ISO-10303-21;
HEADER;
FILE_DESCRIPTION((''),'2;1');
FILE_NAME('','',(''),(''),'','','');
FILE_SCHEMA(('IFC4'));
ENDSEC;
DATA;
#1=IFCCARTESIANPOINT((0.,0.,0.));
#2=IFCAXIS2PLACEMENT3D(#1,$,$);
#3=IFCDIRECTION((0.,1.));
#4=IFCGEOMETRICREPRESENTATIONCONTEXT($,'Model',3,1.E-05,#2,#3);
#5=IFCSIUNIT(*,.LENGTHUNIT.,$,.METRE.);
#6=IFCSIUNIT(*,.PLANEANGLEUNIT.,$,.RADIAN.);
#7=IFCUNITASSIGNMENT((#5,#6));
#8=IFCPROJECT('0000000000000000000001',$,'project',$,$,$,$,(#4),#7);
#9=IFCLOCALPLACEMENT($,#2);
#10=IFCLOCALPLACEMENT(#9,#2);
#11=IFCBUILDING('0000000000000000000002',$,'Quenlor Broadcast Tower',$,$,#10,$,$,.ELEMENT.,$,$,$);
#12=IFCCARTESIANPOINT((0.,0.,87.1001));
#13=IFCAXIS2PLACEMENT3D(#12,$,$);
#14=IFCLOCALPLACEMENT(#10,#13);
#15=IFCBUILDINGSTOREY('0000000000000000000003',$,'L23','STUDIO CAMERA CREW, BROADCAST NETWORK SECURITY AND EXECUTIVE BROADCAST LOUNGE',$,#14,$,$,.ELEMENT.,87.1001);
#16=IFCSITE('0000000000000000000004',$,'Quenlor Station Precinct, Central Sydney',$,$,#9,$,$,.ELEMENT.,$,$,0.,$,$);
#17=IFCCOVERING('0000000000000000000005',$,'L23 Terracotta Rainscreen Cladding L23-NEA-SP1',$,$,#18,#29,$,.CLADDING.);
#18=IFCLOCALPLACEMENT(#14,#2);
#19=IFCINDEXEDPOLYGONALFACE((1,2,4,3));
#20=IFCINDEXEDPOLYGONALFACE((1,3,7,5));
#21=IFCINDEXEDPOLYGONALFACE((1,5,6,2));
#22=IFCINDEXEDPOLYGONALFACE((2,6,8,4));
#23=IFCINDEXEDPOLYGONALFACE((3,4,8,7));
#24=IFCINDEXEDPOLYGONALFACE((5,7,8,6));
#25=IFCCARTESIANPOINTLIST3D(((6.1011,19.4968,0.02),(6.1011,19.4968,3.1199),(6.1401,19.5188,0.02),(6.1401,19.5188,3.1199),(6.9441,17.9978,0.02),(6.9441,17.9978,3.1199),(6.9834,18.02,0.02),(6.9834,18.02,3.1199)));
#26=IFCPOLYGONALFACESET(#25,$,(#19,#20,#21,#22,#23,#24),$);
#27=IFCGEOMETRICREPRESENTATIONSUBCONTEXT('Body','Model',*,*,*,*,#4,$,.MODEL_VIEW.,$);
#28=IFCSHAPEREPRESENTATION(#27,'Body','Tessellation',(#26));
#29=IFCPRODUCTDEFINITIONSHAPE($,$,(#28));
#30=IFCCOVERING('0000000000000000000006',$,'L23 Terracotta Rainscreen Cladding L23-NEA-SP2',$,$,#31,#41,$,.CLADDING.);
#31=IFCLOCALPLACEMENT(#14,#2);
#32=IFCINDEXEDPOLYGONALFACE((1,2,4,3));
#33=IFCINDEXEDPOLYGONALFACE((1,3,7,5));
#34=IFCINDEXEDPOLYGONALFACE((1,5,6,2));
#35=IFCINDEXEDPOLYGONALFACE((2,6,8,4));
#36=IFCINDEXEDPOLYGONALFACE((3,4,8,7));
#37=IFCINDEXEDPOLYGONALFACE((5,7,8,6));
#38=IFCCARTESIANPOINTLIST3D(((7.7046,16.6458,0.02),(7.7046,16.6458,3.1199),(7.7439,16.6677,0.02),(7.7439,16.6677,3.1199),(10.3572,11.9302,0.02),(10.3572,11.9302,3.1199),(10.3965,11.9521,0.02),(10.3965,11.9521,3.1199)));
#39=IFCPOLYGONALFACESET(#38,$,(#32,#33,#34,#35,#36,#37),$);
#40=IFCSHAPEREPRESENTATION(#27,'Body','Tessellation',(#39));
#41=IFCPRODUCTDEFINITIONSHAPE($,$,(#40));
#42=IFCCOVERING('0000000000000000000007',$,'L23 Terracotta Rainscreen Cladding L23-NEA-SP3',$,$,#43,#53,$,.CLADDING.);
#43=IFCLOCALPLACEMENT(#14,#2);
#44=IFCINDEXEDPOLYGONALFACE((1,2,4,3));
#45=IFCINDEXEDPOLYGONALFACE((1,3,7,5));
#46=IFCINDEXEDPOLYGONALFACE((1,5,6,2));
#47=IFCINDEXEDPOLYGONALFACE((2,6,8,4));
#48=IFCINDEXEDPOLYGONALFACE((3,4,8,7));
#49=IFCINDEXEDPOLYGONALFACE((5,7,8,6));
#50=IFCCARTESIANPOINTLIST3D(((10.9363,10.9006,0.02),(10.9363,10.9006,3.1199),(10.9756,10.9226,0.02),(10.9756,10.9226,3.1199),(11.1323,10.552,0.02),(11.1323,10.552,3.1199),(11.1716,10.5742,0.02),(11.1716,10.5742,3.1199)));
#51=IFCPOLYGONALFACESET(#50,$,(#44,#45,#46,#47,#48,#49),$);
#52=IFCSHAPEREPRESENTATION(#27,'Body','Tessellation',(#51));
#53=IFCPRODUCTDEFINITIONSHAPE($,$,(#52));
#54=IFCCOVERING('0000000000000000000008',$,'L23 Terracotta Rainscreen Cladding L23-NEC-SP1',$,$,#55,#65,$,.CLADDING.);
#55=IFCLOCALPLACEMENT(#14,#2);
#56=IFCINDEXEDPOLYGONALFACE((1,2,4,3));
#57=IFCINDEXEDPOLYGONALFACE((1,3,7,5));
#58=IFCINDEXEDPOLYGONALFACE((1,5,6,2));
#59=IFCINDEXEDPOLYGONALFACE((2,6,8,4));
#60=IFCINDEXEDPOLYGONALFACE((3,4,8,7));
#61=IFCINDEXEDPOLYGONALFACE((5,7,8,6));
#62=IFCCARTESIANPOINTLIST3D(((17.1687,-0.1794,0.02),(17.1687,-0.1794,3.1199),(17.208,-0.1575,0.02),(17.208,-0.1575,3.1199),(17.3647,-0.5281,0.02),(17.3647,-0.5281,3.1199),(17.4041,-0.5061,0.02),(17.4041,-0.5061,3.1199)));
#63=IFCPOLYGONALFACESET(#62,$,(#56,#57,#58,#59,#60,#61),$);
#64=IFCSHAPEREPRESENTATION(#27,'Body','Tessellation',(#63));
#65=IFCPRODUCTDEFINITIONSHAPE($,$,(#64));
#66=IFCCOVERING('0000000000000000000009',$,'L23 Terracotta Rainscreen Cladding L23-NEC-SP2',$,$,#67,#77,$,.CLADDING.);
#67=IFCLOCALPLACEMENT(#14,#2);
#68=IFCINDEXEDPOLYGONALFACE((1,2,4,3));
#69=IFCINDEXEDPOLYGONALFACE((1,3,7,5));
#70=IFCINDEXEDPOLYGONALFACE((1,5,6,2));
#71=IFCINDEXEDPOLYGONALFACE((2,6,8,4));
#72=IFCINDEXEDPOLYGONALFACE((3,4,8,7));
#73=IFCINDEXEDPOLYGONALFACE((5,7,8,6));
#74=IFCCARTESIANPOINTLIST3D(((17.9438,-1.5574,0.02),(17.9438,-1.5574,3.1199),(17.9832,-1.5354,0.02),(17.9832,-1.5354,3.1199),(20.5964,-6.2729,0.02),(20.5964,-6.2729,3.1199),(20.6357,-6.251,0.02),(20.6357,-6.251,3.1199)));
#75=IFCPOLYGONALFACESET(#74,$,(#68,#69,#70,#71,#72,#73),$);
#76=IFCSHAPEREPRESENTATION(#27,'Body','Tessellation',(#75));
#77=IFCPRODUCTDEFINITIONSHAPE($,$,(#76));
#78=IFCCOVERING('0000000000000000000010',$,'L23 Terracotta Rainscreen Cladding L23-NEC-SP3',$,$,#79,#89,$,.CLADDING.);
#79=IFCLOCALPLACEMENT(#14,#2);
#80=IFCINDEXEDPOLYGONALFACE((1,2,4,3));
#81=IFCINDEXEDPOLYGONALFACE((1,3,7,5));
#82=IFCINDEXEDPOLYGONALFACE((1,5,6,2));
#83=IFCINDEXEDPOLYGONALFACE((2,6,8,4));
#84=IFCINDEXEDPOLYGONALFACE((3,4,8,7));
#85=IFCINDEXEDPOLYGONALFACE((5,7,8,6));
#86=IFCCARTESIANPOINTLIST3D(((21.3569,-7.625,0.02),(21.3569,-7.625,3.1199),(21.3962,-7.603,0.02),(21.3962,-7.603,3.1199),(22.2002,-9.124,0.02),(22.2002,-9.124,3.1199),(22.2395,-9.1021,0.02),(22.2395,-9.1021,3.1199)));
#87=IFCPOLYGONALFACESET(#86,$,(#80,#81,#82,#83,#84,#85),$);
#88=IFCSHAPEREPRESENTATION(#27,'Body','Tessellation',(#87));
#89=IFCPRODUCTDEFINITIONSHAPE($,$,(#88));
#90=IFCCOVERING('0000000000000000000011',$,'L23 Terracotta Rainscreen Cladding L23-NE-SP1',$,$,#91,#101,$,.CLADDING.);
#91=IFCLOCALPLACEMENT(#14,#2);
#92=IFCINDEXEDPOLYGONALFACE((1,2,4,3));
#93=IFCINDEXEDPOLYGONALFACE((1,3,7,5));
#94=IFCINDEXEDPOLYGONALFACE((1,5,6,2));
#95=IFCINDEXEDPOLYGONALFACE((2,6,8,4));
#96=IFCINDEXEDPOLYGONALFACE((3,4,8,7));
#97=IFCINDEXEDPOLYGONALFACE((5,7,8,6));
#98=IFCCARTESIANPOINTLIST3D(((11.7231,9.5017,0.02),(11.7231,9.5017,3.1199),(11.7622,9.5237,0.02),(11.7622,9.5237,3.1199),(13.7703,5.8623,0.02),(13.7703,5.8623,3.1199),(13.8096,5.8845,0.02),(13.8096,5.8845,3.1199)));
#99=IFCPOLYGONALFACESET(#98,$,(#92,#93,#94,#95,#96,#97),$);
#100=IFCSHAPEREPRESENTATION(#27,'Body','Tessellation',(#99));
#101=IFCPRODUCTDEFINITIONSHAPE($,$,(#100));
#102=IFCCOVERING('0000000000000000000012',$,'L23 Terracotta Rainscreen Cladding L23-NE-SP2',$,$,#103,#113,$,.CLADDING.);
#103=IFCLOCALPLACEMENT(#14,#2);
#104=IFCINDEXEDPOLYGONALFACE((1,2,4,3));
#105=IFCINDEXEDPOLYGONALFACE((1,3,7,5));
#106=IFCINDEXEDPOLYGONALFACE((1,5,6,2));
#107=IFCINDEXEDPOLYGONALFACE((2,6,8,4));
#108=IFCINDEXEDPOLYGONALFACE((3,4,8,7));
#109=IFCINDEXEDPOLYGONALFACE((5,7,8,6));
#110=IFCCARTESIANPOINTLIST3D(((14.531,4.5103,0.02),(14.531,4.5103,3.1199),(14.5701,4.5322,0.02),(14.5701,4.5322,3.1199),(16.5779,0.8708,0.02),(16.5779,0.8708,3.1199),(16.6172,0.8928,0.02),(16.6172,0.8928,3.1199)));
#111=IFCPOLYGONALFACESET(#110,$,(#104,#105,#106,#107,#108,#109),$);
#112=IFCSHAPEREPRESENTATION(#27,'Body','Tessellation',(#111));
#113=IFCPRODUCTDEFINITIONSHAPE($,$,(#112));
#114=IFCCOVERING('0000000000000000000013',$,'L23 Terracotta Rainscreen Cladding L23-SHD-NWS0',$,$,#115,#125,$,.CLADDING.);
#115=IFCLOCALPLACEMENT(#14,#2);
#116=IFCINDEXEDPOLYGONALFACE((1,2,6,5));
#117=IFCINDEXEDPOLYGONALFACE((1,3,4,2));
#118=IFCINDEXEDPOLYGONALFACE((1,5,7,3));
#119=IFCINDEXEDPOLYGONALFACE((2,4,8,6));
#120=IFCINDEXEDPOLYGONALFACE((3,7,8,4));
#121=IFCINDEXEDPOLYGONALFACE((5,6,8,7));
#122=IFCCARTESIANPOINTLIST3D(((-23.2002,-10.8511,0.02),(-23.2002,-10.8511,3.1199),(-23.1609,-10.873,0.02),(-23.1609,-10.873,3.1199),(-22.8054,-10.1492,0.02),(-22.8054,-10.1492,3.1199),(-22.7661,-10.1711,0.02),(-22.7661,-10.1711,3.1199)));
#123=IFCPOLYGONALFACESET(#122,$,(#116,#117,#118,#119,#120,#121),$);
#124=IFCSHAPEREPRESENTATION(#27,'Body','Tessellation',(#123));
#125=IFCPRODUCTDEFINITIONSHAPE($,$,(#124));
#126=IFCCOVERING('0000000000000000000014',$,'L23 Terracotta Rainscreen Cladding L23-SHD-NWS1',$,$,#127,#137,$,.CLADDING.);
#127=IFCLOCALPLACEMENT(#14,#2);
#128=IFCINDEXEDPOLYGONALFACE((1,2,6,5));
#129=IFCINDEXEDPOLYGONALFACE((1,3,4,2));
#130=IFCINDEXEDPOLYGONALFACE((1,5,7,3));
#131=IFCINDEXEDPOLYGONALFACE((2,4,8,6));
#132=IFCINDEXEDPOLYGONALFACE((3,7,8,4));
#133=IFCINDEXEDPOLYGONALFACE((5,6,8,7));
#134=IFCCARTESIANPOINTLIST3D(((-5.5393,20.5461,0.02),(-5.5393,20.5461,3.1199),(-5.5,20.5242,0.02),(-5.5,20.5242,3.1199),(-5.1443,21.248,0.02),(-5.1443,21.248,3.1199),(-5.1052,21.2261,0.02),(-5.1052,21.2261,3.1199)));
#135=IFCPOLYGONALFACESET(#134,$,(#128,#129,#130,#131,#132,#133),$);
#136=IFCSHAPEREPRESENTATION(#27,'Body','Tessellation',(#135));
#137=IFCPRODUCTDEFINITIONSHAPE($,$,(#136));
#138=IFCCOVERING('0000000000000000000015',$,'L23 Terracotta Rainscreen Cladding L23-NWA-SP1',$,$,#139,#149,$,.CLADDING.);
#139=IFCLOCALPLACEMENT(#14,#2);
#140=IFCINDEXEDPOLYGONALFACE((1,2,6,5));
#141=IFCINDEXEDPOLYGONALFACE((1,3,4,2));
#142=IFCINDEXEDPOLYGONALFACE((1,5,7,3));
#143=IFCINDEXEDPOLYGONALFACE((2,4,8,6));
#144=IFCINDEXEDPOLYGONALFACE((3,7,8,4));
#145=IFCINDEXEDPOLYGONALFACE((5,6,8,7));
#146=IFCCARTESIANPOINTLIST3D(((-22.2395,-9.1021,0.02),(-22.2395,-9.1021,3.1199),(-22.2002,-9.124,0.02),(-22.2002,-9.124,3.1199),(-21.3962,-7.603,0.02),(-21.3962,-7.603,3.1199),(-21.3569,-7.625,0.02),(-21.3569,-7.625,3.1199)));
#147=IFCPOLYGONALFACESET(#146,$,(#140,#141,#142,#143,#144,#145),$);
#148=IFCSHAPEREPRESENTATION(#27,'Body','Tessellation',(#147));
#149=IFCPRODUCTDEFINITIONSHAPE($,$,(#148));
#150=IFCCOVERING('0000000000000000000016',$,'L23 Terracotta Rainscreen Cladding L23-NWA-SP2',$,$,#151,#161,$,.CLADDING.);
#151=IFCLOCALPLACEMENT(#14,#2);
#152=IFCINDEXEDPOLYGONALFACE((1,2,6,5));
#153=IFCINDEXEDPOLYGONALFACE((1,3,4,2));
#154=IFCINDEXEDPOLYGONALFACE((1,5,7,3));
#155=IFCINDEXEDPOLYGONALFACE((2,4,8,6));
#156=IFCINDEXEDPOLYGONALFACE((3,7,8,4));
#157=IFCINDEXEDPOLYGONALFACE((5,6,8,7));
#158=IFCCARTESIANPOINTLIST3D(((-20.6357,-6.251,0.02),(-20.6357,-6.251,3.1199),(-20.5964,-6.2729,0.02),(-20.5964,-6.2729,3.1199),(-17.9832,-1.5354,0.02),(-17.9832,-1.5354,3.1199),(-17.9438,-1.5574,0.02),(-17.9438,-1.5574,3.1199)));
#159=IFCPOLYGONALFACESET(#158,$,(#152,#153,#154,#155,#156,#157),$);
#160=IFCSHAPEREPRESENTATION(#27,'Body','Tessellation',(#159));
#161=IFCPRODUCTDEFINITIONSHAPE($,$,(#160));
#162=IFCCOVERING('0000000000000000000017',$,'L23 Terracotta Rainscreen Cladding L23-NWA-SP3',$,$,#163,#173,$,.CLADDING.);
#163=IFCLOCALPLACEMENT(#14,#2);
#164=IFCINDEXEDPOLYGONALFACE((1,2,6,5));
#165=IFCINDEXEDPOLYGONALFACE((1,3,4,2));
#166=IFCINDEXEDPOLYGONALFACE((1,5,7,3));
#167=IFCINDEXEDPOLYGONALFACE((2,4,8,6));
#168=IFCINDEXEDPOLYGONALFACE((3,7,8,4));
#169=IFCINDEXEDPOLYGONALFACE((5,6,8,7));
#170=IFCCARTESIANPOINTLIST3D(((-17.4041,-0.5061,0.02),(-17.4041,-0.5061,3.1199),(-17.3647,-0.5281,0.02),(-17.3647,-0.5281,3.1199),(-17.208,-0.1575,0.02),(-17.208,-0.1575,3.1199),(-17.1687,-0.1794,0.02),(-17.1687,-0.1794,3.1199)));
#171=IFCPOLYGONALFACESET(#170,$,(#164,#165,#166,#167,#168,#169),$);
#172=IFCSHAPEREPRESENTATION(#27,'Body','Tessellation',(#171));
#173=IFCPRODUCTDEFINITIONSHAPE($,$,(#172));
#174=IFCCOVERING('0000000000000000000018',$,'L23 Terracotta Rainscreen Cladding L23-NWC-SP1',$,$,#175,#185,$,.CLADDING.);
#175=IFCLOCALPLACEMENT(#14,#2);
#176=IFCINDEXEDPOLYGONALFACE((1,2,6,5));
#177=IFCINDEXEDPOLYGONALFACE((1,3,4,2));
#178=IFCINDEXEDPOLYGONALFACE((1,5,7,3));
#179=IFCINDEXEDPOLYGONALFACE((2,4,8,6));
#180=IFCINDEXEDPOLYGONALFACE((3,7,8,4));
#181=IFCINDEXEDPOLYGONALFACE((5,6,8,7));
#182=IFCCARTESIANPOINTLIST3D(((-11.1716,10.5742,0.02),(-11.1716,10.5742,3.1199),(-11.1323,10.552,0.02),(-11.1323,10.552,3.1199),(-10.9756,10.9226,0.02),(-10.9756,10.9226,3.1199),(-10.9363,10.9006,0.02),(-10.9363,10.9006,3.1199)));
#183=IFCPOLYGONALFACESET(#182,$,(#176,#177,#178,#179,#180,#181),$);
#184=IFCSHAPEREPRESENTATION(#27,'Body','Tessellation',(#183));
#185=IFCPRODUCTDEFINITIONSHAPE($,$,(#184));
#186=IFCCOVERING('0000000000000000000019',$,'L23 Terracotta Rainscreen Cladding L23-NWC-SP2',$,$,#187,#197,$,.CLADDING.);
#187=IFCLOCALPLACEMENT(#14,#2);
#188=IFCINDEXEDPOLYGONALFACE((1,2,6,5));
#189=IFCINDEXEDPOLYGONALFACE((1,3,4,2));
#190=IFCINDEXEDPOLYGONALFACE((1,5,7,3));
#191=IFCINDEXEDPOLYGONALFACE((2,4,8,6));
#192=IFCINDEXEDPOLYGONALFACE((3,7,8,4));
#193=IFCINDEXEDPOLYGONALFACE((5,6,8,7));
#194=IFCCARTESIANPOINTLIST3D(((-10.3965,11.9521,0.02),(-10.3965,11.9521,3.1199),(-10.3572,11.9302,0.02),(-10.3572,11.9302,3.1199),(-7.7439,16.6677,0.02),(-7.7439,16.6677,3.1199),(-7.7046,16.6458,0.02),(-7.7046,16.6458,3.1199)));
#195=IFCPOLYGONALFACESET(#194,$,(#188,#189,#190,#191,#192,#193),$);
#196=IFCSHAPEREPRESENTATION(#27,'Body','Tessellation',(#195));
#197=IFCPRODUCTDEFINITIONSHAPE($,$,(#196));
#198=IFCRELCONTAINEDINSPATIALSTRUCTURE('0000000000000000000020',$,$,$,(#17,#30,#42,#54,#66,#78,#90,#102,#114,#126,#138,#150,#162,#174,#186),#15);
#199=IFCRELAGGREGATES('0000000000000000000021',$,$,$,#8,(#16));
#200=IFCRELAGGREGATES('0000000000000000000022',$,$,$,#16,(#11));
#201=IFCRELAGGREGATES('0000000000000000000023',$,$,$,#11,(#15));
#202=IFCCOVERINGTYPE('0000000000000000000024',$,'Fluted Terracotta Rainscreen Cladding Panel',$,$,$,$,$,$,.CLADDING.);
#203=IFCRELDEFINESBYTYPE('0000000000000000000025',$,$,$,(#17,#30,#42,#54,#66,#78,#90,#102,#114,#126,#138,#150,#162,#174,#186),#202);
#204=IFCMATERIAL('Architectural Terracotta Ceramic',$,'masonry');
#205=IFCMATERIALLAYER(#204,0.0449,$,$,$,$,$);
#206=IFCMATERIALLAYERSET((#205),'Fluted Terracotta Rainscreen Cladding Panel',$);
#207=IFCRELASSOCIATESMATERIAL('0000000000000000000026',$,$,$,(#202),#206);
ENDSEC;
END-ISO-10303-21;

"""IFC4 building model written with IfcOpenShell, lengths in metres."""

from ifc_helpers import new_model, si_unit, direction, frame, origin, place, context, subcontext, project, spatial, polyline, outline, extrude, material, layer, layer_set, type_object, element, save


model = new_model("IFC4")

# Units and contexts
model_context = context("Model", 3, precision=1e-05, world=origin(), true_north=direction((0.0, 1.0)))
body_context = subcontext(model_context, "Body", "Model", "MODEL_VIEW")
ifc_project = project(units=[si_unit("LENGTHUNIT", "METRE"), si_unit("PLANEANGLEUNIT", "RADIAN")], contexts=[model_context])

# Site, building, storey
site_placement = place(None, origin())
site = spatial("IfcSite", under=ifc_project, at=site_placement, Name="Quenlor Station Precinct, Central Sydney", CompositionType="ELEMENT", RefElevation=0.0)
building_placement = place(site_placement, origin())
building = spatial("IfcBuilding", under=site, at=building_placement, Name="Quenlor Broadcast Tower", CompositionType="ELEMENT")
storey_placement = place(building_placement, frame((0.0, 0.0, 87.1001)))
storey = spatial("IfcBuildingStorey", under=building, at=storey_placement, Name="L23", Description="STUDIO CAMERA CREW, BROADCAST NETWORK SECURITY AND EXECUTIVE BROADCAST LOUNGE", CompositionType="ELEMENT", Elevation=87.1001)

# Coverings
ifc_material = material(Name="Architectural Terracotta Ceramic", Category="masonry")
ifc_layer = layer(ifc_material, 0.0449)
ifc_layer_set = layer_set([ifc_layer], Name="Fluted Terracotta Rainscreen Cladding Panel")
covering_type = type_object("IfcCoveringType", Name="Fluted Terracotta Rainscreen Cladding Panel", PredefinedType="CLADDING", material=ifc_layer_set)
covering_1_placement = place(storey_placement, frame((0.0, 0.0, 0.02)))
element("IfcCovering", 1, at=covering_1_placement, inside=storey, type_object=covering_type, Name="L23 Terracotta Rainscreen Cladding L23-NEA-SP1", PredefinedType="CLADDING", context=body_context, shape_type="SweptSolid", body=[
    extrude(outline(polyline([(6.1011, 19.4968), (6.9441, 17.9978), (6.9834, 18.02), (6.1401, 19.5188), (6.1011, 19.4968)])), origin(), (0.0, 0.0, 1.0), 3.0999),
])
covering_2_placement = place(storey_placement, frame((0.0, 0.0, 0.02)))
element("IfcCovering", 2, at=covering_2_placement, inside=storey, type_object=covering_type, Name="L23 Terracotta Rainscreen Cladding L23-NEA-SP2", PredefinedType="CLADDING", context=body_context, shape_type="SweptSolid", body=[
    extrude(outline(polyline([(7.7046, 16.6458), (10.3572, 11.9302), (10.3965, 11.9521), (7.7439, 16.6677), (7.7046, 16.6458)])), origin(), (0.0, 0.0, 1.0), 3.0999),
])
covering_3_placement = place(storey_placement, frame((0.0, 0.0, 0.02)))
element("IfcCovering", 3, at=covering_3_placement, inside=storey, type_object=covering_type, Name="L23 Terracotta Rainscreen Cladding L23-NEA-SP3", PredefinedType="CLADDING", context=body_context, shape_type="SweptSolid", body=[
    extrude(outline(polyline([(10.9363, 10.9006), (11.1323, 10.552), (11.1716, 10.5742), (10.9756, 10.9226), (10.9363, 10.9006)])), origin(), (0.0, 0.0, 1.0), 3.0999),
])
covering_4_placement = place(storey_placement, frame((0.0, 0.0, 0.02)))
element("IfcCovering", 4, at=covering_4_placement, inside=storey, type_object=covering_type, Name="L23 Terracotta Rainscreen Cladding L23-NEC-SP1", PredefinedType="CLADDING", context=body_context, shape_type="SweptSolid", body=[
    extrude(outline(polyline([(17.1687, -0.1794), (17.3647, -0.5281), (17.4041, -0.5061), (17.208, -0.1575), (17.1687, -0.1794)])), origin(), (0.0, 0.0, 1.0), 3.0999),
])
covering_5_placement = place(storey_placement, frame((0.0, 0.0, 0.02)))
element("IfcCovering", 5, at=covering_5_placement, inside=storey, type_object=covering_type, Name="L23 Terracotta Rainscreen Cladding L23-NEC-SP2", PredefinedType="CLADDING", context=body_context, shape_type="SweptSolid", body=[
    extrude(outline(polyline([(17.9438, -1.5574), (20.5964, -6.2729), (20.6357, -6.251), (17.9832, -1.5354), (17.9438, -1.5574)])), origin(), (0.0, 0.0, 1.0), 3.0999),
])
covering_6_placement = place(storey_placement, frame((0.0, 0.0, 0.02)))
element("IfcCovering", 6, at=covering_6_placement, inside=storey, type_object=covering_type, Name="L23 Terracotta Rainscreen Cladding L23-NEC-SP3", PredefinedType="CLADDING", context=body_context, shape_type="SweptSolid", body=[
    extrude(outline(polyline([(21.3569, -7.625), (22.2002, -9.124), (22.2395, -9.1021), (21.3962, -7.603), (21.3569, -7.625)])), origin(), (0.0, 0.0, 1.0), 3.0999),
])
covering_7_placement = place(storey_placement, frame((0.0, 0.0, 0.02)))
element("IfcCovering", 7, at=covering_7_placement, inside=storey, type_object=covering_type, Name="L23 Terracotta Rainscreen Cladding L23-NE-SP1", PredefinedType="CLADDING", context=body_context, shape_type="SweptSolid", body=[
    extrude(outline(polyline([(11.7231, 9.5017), (13.7703, 5.8623), (13.8096, 5.8845), (11.7622, 9.5237), (11.7231, 9.5017)])), origin(), (0.0, 0.0, 1.0), 3.0999),
])
covering_8_placement = place(storey_placement, frame((0.0, 0.0, 0.02)))
element("IfcCovering", 8, at=covering_8_placement, inside=storey, type_object=covering_type, Name="L23 Terracotta Rainscreen Cladding L23-NE-SP2", PredefinedType="CLADDING", context=body_context, shape_type="SweptSolid", body=[
    extrude(outline(polyline([(14.531, 4.5103), (16.5779, 0.8708), (16.6172, 0.8928), (14.5701, 4.5322), (14.531, 4.5103)])), origin(), (0.0, 0.0, 1.0), 3.0999),
])
covering_9_placement = place(storey_placement, frame((0.0, 0.0, 0.02)))
element("IfcCovering", 9, at=covering_9_placement, inside=storey, type_object=covering_type, Name="L23 Terracotta Rainscreen Cladding L23-SHD-NWS0", PredefinedType="CLADDING", context=body_context, shape_type="SweptSolid", body=[
    extrude(outline(polyline([(-23.1609, -10.873), (-22.7661, -10.1711), (-22.8054, -10.1492), (-23.2002, -10.8511), (-23.1609, -10.873)])), origin(), (0.0, 0.0, 1.0), 3.0999),
])
covering_10_placement = place(storey_placement, frame((0.0, 0.0, 0.02)))
element("IfcCovering", 10, at=covering_10_placement, inside=storey, type_object=covering_type, Name="L23 Terracotta Rainscreen Cladding L23-SHD-NWS1", PredefinedType="CLADDING", context=body_context, shape_type="SweptSolid", body=[
    extrude(outline(polyline([(-5.5, 20.5242), (-5.1052, 21.2261), (-5.1443, 21.248), (-5.5393, 20.5461), (-5.5, 20.5242)])), origin(), (0.0, 0.0, 1.0), 3.0999),
])
covering_11_placement = place(storey_placement, frame((0.0, 0.0, 0.02)))
element("IfcCovering", 11, at=covering_11_placement, inside=storey, type_object=covering_type, Name="L23 Terracotta Rainscreen Cladding L23-NWA-SP1", PredefinedType="CLADDING", context=body_context, shape_type="SweptSolid", body=[
    extrude(outline(polyline([(-22.2002, -9.124), (-21.3569, -7.625), (-21.3962, -7.603), (-22.2395, -9.1021), (-22.2002, -9.124)])), origin(), (0.0, 0.0, 1.0), 3.0999),
])
covering_12_placement = place(storey_placement, frame((0.0, 0.0, 0.02)))
element("IfcCovering", 12, at=covering_12_placement, inside=storey, type_object=covering_type, Name="L23 Terracotta Rainscreen Cladding L23-NWA-SP2", PredefinedType="CLADDING", context=body_context, shape_type="SweptSolid", body=[
    extrude(outline(polyline([(-20.5964, -6.2729), (-17.9438, -1.5574), (-17.9832, -1.5354), (-20.6357, -6.251), (-20.5964, -6.2729)])), origin(), (0.0, 0.0, 1.0), 3.0999),
])
covering_13_placement = place(storey_placement, frame((0.0, 0.0, 0.02)))
element("IfcCovering", 13, at=covering_13_placement, inside=storey, type_object=covering_type, Name="L23 Terracotta Rainscreen Cladding L23-NWA-SP3", PredefinedType="CLADDING", context=body_context, shape_type="SweptSolid", body=[
    extrude(outline(polyline([(-17.3647, -0.5281), (-17.1687, -0.1794), (-17.208, -0.1575), (-17.4041, -0.5061), (-17.3647, -0.5281)])), origin(), (0.0, 0.0, 1.0), 3.0999),
])
covering_14_placement = place(storey_placement, frame((0.0, 0.0, 0.02)))
element("IfcCovering", 14, at=covering_14_placement, inside=storey, type_object=covering_type, Name="L23 Terracotta Rainscreen Cladding L23-NWC-SP1", PredefinedType="CLADDING", context=body_context, shape_type="SweptSolid", body=[
    extrude(outline(polyline([(-11.1323, 10.552), (-10.9363, 10.9006), (-10.9756, 10.9226), (-11.1716, 10.5742), (-11.1323, 10.552)])), origin(), (0.0, 0.0, 1.0), 3.0999),
])
covering_15_placement = place(storey_placement, frame((0.0, 0.0, 0.02)))
element("IfcCovering", 15, at=covering_15_placement, inside=storey, type_object=covering_type, Name="L23 Terracotta Rainscreen Cladding L23-NWC-SP2", PredefinedType="CLADDING", context=body_context, shape_type="SweptSolid", body=[
    extrude(outline(polyline([(-10.3572, 11.9302), (-7.7046, 16.6458), (-7.7439, 16.6677), (-10.3965, 11.9521), (-10.3572, 11.9302)])), origin(), (0.0, 0.0, 1.0), 3.0999),
])

save(model, "model.ifc")
